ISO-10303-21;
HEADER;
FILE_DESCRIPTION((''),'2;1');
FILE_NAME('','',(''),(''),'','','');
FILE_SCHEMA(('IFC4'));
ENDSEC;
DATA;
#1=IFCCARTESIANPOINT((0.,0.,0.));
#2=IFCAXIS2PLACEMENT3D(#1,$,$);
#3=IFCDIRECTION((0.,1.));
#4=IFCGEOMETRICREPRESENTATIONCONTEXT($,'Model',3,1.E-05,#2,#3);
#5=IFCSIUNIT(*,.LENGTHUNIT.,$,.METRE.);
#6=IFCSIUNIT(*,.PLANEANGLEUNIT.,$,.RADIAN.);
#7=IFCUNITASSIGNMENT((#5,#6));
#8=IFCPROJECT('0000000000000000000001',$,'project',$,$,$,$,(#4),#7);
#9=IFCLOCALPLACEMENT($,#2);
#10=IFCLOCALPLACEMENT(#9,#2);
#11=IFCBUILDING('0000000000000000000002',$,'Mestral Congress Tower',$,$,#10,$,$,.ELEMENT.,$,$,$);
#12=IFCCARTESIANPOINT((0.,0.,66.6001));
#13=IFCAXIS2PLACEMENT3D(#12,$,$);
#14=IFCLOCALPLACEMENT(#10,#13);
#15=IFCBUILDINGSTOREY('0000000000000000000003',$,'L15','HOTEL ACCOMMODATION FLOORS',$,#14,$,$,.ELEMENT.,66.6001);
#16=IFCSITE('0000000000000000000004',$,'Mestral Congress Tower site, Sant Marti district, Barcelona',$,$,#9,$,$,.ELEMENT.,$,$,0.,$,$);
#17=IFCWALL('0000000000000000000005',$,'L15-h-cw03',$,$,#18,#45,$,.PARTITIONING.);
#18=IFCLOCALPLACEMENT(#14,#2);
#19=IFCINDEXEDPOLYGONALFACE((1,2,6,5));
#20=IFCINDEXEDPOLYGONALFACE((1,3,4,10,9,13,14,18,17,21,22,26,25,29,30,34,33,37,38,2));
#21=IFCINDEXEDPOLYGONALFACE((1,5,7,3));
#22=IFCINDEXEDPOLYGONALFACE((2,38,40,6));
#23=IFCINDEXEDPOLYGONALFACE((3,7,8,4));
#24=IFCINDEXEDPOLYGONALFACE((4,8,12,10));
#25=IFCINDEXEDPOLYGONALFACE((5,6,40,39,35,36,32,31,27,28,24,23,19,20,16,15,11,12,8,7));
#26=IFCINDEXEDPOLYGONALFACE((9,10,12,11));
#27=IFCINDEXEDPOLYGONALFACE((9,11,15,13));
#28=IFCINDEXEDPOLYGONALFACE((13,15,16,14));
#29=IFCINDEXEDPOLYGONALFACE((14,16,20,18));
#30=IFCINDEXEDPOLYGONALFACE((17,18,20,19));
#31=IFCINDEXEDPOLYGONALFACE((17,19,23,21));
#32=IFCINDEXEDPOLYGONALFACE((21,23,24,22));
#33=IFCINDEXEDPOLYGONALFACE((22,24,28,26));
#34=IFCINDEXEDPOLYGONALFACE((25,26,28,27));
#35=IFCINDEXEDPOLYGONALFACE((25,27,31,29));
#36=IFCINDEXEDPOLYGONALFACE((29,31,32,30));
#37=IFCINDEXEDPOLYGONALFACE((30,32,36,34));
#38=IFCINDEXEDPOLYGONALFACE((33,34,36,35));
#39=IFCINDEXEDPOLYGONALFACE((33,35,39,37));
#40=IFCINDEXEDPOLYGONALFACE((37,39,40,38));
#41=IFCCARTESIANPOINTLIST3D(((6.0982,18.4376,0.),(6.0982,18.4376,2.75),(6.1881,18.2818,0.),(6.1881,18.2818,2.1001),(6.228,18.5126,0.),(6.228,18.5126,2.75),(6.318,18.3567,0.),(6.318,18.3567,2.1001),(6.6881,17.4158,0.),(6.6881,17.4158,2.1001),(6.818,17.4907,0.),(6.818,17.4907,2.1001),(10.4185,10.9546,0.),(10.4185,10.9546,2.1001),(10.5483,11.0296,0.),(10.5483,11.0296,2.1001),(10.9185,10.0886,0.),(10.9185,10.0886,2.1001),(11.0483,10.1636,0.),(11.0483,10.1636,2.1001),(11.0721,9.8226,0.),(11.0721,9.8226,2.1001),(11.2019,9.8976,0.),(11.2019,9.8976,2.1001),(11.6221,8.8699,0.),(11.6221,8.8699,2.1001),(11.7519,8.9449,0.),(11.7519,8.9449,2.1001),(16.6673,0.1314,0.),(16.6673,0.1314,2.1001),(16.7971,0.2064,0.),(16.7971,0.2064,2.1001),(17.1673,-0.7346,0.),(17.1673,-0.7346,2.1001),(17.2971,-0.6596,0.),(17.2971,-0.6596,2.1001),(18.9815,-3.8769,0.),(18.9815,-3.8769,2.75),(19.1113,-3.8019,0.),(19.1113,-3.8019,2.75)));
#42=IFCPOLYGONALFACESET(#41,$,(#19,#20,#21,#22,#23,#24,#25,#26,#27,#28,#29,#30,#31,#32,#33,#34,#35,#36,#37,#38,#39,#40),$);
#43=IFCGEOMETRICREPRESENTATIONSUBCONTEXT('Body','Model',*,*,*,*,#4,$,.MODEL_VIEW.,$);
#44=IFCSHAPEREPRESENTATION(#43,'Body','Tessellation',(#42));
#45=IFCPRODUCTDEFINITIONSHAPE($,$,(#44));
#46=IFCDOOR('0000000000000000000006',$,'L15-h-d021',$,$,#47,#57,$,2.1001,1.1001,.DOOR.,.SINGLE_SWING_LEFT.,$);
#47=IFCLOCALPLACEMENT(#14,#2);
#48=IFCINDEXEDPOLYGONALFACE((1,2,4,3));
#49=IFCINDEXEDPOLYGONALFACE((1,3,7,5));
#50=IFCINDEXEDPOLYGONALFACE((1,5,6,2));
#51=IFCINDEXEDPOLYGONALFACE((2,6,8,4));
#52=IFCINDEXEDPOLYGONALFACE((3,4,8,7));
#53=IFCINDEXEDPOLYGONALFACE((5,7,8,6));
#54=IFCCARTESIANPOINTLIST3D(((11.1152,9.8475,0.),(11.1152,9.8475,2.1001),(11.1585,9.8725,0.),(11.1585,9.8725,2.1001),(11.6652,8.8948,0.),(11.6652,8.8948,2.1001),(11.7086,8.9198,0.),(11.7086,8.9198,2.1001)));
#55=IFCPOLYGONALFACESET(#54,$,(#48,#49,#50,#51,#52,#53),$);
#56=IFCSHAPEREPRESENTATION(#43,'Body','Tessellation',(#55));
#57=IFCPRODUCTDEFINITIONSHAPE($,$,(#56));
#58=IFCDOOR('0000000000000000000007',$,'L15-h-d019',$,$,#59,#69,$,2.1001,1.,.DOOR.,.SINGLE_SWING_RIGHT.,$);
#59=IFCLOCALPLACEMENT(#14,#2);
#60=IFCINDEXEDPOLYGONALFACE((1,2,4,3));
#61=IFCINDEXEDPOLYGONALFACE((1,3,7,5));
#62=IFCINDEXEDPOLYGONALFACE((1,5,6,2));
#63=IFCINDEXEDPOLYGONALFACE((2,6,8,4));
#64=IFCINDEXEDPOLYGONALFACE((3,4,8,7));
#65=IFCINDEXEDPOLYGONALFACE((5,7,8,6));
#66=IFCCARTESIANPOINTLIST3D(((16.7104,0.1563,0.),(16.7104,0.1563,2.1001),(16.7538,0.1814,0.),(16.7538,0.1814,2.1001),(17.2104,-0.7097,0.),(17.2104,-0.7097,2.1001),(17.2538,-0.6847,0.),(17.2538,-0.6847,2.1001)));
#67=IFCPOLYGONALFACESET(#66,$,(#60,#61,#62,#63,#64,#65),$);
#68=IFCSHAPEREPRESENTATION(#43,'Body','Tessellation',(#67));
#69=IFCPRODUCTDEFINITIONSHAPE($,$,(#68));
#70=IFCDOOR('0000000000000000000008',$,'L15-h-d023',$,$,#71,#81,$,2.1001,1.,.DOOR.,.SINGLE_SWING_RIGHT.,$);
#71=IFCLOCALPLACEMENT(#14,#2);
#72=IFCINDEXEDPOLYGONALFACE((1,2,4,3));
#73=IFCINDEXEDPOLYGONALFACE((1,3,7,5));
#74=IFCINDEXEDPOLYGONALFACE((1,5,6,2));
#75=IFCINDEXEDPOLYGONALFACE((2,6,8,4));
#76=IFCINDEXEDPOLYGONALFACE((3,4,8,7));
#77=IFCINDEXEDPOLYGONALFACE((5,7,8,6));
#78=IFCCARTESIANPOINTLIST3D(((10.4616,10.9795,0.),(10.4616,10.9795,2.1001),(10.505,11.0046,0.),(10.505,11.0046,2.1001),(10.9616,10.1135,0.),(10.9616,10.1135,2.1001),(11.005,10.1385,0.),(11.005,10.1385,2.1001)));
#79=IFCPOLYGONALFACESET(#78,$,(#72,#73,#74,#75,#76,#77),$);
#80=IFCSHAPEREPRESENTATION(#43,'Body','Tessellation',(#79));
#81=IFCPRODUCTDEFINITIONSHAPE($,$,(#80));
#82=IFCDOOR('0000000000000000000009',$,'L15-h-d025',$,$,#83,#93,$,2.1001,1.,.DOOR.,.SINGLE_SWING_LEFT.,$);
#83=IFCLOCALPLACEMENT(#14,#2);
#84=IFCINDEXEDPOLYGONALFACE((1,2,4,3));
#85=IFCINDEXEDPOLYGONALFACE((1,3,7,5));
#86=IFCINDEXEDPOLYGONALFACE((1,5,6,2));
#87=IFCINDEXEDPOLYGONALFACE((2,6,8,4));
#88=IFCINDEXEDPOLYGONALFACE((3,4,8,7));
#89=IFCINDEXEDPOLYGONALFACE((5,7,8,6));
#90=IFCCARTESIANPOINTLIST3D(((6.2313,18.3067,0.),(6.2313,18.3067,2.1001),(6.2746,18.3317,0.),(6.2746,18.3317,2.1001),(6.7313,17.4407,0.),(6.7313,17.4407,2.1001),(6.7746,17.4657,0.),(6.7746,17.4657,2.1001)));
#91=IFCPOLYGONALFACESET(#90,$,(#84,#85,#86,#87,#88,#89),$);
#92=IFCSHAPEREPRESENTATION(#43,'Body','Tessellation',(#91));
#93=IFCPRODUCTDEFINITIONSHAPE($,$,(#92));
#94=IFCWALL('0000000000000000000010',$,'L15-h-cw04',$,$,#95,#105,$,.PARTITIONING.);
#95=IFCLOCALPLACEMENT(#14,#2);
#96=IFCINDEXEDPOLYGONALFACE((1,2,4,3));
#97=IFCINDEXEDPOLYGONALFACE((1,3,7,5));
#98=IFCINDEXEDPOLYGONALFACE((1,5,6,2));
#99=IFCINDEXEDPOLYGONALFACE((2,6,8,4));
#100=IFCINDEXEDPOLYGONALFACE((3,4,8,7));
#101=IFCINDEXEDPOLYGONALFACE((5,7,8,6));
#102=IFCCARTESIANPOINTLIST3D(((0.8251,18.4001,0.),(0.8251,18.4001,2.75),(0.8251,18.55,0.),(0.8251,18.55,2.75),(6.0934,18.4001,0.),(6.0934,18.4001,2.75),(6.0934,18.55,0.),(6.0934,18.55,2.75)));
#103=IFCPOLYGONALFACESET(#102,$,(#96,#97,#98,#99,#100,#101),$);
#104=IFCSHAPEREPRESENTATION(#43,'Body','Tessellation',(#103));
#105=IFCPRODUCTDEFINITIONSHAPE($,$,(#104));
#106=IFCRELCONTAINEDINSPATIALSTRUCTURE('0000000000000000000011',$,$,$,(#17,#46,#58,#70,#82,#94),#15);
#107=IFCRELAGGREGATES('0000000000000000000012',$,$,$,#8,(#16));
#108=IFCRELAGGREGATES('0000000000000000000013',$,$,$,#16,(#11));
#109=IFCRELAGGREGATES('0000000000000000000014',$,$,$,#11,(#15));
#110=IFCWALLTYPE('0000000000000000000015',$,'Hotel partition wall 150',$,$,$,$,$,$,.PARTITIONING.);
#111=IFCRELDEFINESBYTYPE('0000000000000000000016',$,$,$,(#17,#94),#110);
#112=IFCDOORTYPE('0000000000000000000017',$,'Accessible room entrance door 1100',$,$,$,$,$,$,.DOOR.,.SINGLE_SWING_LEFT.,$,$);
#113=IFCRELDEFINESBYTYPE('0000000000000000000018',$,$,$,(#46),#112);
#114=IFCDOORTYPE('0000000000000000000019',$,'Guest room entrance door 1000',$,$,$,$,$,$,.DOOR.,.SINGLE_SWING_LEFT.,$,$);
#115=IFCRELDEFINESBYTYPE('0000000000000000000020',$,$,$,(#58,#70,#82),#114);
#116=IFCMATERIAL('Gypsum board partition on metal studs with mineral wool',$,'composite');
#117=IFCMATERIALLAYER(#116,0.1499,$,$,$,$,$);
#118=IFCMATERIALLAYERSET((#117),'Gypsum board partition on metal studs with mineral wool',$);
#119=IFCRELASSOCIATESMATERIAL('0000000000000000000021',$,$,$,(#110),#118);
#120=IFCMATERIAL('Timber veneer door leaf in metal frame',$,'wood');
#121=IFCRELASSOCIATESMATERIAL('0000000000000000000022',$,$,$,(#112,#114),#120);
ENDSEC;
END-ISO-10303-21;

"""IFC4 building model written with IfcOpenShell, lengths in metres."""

from ifc_helpers import new_model, si_unit, direction, frame, frame_2d, origin, place, context, subcontext, project, spatial, rectangle, extrude, material, layer, layer_set, type_object, element, fill, save


model = new_model("IFC4")

# Units and contexts
model_context = context("Model", 3, precision=1e-05, world=origin(), true_north=direction((0.0, 1.0)))
body_context = subcontext(model_context, "Body", "Model", "MODEL_VIEW")
ifc_project = project(units=[si_unit("LENGTHUNIT", "METRE"), si_unit("PLANEANGLEUNIT", "RADIAN")], contexts=[model_context])

# Site, building, storey
site_placement = place(None, origin())
site = spatial("IfcSite", under=ifc_project, at=site_placement, Name="Mestral Congress Tower site, Sant Marti district, Barcelona", CompositionType="ELEMENT", RefElevation=0.0)
building_placement = place(site_placement, origin())
building = spatial("IfcBuilding", under=site, at=building_placement, Name="Mestral Congress Tower", CompositionType="ELEMENT")
storey_placement = place(building_placement, frame((0.0, 0.0, 66.6001)))
storey = spatial("IfcBuildingStorey", under=building, at=storey_placement, Name="L15", Description="HOTEL ACCOMMODATION FLOORS", CompositionType="ELEMENT", Elevation=66.6001)

# Shared definitions
ifc_material_1 = material(Name="Gypsum board partition on metal studs with mineral wool", Category="composite")

# Wall, openings, doors
ifc_layer_1 = layer(ifc_material_1, 0.1499)
ifc_layer_set_1 = layer_set([ifc_layer_1], Name="Gypsum board partition on metal studs with mineral wool")
wall_type_1 = type_object("IfcWallType", Name="Hotel partition wall 150", PredefinedType="PARTITIONING", material=ifc_layer_set_1)
wall_1_placement = place(storey_placement, frame((6.1631, 18.4751, 0.0), z_axis=(0.0, 0.0, 1.0), x_axis=(0.500001, -0.866025, 0.0)))
wall_1 = element("IfcWall", 1, at=wall_1_placement, inside=storey, type_object=wall_type_1, Name="L15-h-cw03", PredefinedType="PARTITIONING", context=body_context, shape_type="SweptSolid", body=[
    extrude(rectangle(XDim=25.7666, YDim=0.1499, at=frame_2d((12.8833, 0.0))), origin(), (0.0, 0.0, 1.0), 2.75),
])
opening_1_placement = place(wall_1_placement, frame((21.1382, 0.0, 0.0)))
opening_1 = element("IfcOpeningElement", 2, at=opening_1_placement, cuts=wall_1, PredefinedType="OPENING", context=body_context, shape_type="SweptSolid", body=[
    extrude(rectangle(XDim=1.0, YDim=2.1001, at=frame_2d((0.5, 1.05))), frame((0.0, 0.085, 0.0), z_axis=(0.0, -1.0, 0.0), x_axis=(1.0, 0.0, 0.0)), (0.0, 0.0, 1.0), 0.1699),
])
opening_2_placement = place(wall_1_placement, frame((9.9478, 0.0, 0.0)))
opening_2 = element("IfcOpeningElement", 3, at=opening_2_placement, cuts=wall_1, PredefinedType="OPENING", context=body_context, shape_type="SweptSolid", body=[
    extrude(rectangle(XDim=1.1001, YDim=2.1001, at=frame_2d((0.55, 1.05))), frame((0.0, 0.085, 0.0), z_axis=(0.0, -1.0, 0.0), x_axis=(1.0, 0.0, 0.0)), (0.0, 0.0, 1.0), 0.1699),
])
opening_3_placement = place(wall_1_placement, frame((8.6406, 0.0, 0.0)))
opening_3 = element("IfcOpeningElement", 4, at=opening_3_placement, cuts=wall_1, PredefinedType="OPENING", context=body_context, shape_type="SweptSolid", body=[
    extrude(rectangle(XDim=1.0, YDim=2.1001, at=frame_2d((0.5, 1.05))), frame((0.0, 0.085, 0.0), z_axis=(0.0, -1.0, 0.0), x_axis=(1.0, 0.0, 0.0)), (0.0, 0.0, 1.0), 0.1699),
])
opening_4_placement = place(wall_1_placement, frame((0.1799, 0.0, 0.0)))
opening_4 = element("IfcOpeningElement", 5, at=opening_4_placement, cuts=wall_1, PredefinedType="OPENING", context=body_context, shape_type="SweptSolid", body=[
    extrude(rectangle(XDim=1.0, YDim=2.1001, at=frame_2d((0.5, 1.05))), frame((0.0, 0.085, 0.0), z_axis=(0.0, -1.0, 0.0), x_axis=(1.0, 0.0, 0.0)), (0.0, 0.0, 1.0), 0.1699),
])
ifc_material_2 = material(Name="Timber veneer door leaf in metal frame", Category="wood")
door_type_1 = type_object("IfcDoorType", Name="Accessible room entrance door 1100", OperationType="SINGLE_SWING_LEFT", PredefinedType="DOOR", material=ifc_material_2)
door_1_placement = place(opening_2_placement, origin())
door_1 = element("IfcDoor", 6, at=door_1_placement, inside=storey, type_object=door_type_1, Name="L15-h-d021", OperationType="SINGLE_SWING_LEFT", OverallHeight=2.1001, OverallWidth=1.1001, PredefinedType="DOOR", context=body_context, shape_type="SweptSolid", body=[
    extrude(rectangle(XDim=1.1001, YDim=2.1001, at=frame_2d((0.55, 1.05))), frame((0.0, 0.0249, 0.0), z_axis=(0.0, -1.0, 0.0), x_axis=(1.0, 0.0, 0.0)), (0.0, 0.0, 1.0), 0.05),
])
fill(opening_2, door_1)
door_type_2 = type_object("IfcDoorType", Name="Guest room entrance door 1000", OperationType="SINGLE_SWING_LEFT", PredefinedType="DOOR", material=ifc_material_2)
door_2_placement = place(opening_1_placement, origin())
door_2 = element("IfcDoor", 7, at=door_2_placement, inside=storey, type_object=door_type_2, Name="L15-h-d019", OperationType="SINGLE_SWING_RIGHT", OverallHeight=2.1001, OverallWidth=1.0, PredefinedType="DOOR", context=body_context, shape_type="SweptSolid", body=[
    extrude(rectangle(XDim=1.0, YDim=2.1001, at=frame_2d((0.5, 1.05))), frame((0.0, 0.0249, 0.0), z_axis=(0.0, -1.0, 0.0), x_axis=(1.0, 0.0, 0.0)), (0.0, 0.0, 1.0), 0.05),
])
fill(opening_1, door_2)
door_3_placement = place(opening_3_placement, origin())
door_3 = element("IfcDoor", 8, at=door_3_placement, inside=storey, type_object=door_type_2, Name="L15-h-d023", OperationType="SINGLE_SWING_RIGHT", OverallHeight=2.1001, OverallWidth=1.0, PredefinedType="DOOR", context=body_context, shape_type="SweptSolid", body=[
    extrude(rectangle(XDim=1.0, YDim=2.1001, at=frame_2d((0.5, 1.05))), frame((0.0, 0.0249, 0.0), z_axis=(0.0, -1.0, 0.0), x_axis=(1.0, 0.0, 0.0)), (0.0, 0.0, 1.0), 0.05),
])
fill(opening_3, door_3)
door_4_placement = place(opening_4_placement, origin())
door_4 = element("IfcDoor", 9, at=door_4_placement, inside=storey, type_object=door_type_2, Name="L15-h-d025", OperationType="SINGLE_SWING_LEFT", OverallHeight=2.1001, OverallWidth=1.0, PredefinedType="DOOR", context=body_context, shape_type="SweptSolid", body=[
    extrude(rectangle(XDim=1.0, YDim=2.1001, at=frame_2d((0.5, 1.05))), frame((0.0, 0.0249, 0.0), z_axis=(0.0, -1.0, 0.0), x_axis=(1.0, 0.0, 0.0)), (0.0, 0.0, 1.0), 0.05),
])
fill(opening_4, door_4)

# Wall
wall_2_placement = place(storey_placement, frame((0.825, 18.4751, 0.0), z_axis=(0.0, 0.0, 1.0), x_axis=(1.0, 0.0, 0.0)))
element("IfcWall", 10, at=wall_2_placement, inside=storey, type_object=wall_type_1, Name="L15-h-cw04", PredefinedType="PARTITIONING", context=body_context, shape_type="SweptSolid", body=[
    extrude(rectangle(XDim=5.2683, YDim=0.1499, at=frame_2d((2.6343, 0.0))), origin(), (0.0, 0.0, 1.0), 2.75),
])

save(model, "model.ifc")
